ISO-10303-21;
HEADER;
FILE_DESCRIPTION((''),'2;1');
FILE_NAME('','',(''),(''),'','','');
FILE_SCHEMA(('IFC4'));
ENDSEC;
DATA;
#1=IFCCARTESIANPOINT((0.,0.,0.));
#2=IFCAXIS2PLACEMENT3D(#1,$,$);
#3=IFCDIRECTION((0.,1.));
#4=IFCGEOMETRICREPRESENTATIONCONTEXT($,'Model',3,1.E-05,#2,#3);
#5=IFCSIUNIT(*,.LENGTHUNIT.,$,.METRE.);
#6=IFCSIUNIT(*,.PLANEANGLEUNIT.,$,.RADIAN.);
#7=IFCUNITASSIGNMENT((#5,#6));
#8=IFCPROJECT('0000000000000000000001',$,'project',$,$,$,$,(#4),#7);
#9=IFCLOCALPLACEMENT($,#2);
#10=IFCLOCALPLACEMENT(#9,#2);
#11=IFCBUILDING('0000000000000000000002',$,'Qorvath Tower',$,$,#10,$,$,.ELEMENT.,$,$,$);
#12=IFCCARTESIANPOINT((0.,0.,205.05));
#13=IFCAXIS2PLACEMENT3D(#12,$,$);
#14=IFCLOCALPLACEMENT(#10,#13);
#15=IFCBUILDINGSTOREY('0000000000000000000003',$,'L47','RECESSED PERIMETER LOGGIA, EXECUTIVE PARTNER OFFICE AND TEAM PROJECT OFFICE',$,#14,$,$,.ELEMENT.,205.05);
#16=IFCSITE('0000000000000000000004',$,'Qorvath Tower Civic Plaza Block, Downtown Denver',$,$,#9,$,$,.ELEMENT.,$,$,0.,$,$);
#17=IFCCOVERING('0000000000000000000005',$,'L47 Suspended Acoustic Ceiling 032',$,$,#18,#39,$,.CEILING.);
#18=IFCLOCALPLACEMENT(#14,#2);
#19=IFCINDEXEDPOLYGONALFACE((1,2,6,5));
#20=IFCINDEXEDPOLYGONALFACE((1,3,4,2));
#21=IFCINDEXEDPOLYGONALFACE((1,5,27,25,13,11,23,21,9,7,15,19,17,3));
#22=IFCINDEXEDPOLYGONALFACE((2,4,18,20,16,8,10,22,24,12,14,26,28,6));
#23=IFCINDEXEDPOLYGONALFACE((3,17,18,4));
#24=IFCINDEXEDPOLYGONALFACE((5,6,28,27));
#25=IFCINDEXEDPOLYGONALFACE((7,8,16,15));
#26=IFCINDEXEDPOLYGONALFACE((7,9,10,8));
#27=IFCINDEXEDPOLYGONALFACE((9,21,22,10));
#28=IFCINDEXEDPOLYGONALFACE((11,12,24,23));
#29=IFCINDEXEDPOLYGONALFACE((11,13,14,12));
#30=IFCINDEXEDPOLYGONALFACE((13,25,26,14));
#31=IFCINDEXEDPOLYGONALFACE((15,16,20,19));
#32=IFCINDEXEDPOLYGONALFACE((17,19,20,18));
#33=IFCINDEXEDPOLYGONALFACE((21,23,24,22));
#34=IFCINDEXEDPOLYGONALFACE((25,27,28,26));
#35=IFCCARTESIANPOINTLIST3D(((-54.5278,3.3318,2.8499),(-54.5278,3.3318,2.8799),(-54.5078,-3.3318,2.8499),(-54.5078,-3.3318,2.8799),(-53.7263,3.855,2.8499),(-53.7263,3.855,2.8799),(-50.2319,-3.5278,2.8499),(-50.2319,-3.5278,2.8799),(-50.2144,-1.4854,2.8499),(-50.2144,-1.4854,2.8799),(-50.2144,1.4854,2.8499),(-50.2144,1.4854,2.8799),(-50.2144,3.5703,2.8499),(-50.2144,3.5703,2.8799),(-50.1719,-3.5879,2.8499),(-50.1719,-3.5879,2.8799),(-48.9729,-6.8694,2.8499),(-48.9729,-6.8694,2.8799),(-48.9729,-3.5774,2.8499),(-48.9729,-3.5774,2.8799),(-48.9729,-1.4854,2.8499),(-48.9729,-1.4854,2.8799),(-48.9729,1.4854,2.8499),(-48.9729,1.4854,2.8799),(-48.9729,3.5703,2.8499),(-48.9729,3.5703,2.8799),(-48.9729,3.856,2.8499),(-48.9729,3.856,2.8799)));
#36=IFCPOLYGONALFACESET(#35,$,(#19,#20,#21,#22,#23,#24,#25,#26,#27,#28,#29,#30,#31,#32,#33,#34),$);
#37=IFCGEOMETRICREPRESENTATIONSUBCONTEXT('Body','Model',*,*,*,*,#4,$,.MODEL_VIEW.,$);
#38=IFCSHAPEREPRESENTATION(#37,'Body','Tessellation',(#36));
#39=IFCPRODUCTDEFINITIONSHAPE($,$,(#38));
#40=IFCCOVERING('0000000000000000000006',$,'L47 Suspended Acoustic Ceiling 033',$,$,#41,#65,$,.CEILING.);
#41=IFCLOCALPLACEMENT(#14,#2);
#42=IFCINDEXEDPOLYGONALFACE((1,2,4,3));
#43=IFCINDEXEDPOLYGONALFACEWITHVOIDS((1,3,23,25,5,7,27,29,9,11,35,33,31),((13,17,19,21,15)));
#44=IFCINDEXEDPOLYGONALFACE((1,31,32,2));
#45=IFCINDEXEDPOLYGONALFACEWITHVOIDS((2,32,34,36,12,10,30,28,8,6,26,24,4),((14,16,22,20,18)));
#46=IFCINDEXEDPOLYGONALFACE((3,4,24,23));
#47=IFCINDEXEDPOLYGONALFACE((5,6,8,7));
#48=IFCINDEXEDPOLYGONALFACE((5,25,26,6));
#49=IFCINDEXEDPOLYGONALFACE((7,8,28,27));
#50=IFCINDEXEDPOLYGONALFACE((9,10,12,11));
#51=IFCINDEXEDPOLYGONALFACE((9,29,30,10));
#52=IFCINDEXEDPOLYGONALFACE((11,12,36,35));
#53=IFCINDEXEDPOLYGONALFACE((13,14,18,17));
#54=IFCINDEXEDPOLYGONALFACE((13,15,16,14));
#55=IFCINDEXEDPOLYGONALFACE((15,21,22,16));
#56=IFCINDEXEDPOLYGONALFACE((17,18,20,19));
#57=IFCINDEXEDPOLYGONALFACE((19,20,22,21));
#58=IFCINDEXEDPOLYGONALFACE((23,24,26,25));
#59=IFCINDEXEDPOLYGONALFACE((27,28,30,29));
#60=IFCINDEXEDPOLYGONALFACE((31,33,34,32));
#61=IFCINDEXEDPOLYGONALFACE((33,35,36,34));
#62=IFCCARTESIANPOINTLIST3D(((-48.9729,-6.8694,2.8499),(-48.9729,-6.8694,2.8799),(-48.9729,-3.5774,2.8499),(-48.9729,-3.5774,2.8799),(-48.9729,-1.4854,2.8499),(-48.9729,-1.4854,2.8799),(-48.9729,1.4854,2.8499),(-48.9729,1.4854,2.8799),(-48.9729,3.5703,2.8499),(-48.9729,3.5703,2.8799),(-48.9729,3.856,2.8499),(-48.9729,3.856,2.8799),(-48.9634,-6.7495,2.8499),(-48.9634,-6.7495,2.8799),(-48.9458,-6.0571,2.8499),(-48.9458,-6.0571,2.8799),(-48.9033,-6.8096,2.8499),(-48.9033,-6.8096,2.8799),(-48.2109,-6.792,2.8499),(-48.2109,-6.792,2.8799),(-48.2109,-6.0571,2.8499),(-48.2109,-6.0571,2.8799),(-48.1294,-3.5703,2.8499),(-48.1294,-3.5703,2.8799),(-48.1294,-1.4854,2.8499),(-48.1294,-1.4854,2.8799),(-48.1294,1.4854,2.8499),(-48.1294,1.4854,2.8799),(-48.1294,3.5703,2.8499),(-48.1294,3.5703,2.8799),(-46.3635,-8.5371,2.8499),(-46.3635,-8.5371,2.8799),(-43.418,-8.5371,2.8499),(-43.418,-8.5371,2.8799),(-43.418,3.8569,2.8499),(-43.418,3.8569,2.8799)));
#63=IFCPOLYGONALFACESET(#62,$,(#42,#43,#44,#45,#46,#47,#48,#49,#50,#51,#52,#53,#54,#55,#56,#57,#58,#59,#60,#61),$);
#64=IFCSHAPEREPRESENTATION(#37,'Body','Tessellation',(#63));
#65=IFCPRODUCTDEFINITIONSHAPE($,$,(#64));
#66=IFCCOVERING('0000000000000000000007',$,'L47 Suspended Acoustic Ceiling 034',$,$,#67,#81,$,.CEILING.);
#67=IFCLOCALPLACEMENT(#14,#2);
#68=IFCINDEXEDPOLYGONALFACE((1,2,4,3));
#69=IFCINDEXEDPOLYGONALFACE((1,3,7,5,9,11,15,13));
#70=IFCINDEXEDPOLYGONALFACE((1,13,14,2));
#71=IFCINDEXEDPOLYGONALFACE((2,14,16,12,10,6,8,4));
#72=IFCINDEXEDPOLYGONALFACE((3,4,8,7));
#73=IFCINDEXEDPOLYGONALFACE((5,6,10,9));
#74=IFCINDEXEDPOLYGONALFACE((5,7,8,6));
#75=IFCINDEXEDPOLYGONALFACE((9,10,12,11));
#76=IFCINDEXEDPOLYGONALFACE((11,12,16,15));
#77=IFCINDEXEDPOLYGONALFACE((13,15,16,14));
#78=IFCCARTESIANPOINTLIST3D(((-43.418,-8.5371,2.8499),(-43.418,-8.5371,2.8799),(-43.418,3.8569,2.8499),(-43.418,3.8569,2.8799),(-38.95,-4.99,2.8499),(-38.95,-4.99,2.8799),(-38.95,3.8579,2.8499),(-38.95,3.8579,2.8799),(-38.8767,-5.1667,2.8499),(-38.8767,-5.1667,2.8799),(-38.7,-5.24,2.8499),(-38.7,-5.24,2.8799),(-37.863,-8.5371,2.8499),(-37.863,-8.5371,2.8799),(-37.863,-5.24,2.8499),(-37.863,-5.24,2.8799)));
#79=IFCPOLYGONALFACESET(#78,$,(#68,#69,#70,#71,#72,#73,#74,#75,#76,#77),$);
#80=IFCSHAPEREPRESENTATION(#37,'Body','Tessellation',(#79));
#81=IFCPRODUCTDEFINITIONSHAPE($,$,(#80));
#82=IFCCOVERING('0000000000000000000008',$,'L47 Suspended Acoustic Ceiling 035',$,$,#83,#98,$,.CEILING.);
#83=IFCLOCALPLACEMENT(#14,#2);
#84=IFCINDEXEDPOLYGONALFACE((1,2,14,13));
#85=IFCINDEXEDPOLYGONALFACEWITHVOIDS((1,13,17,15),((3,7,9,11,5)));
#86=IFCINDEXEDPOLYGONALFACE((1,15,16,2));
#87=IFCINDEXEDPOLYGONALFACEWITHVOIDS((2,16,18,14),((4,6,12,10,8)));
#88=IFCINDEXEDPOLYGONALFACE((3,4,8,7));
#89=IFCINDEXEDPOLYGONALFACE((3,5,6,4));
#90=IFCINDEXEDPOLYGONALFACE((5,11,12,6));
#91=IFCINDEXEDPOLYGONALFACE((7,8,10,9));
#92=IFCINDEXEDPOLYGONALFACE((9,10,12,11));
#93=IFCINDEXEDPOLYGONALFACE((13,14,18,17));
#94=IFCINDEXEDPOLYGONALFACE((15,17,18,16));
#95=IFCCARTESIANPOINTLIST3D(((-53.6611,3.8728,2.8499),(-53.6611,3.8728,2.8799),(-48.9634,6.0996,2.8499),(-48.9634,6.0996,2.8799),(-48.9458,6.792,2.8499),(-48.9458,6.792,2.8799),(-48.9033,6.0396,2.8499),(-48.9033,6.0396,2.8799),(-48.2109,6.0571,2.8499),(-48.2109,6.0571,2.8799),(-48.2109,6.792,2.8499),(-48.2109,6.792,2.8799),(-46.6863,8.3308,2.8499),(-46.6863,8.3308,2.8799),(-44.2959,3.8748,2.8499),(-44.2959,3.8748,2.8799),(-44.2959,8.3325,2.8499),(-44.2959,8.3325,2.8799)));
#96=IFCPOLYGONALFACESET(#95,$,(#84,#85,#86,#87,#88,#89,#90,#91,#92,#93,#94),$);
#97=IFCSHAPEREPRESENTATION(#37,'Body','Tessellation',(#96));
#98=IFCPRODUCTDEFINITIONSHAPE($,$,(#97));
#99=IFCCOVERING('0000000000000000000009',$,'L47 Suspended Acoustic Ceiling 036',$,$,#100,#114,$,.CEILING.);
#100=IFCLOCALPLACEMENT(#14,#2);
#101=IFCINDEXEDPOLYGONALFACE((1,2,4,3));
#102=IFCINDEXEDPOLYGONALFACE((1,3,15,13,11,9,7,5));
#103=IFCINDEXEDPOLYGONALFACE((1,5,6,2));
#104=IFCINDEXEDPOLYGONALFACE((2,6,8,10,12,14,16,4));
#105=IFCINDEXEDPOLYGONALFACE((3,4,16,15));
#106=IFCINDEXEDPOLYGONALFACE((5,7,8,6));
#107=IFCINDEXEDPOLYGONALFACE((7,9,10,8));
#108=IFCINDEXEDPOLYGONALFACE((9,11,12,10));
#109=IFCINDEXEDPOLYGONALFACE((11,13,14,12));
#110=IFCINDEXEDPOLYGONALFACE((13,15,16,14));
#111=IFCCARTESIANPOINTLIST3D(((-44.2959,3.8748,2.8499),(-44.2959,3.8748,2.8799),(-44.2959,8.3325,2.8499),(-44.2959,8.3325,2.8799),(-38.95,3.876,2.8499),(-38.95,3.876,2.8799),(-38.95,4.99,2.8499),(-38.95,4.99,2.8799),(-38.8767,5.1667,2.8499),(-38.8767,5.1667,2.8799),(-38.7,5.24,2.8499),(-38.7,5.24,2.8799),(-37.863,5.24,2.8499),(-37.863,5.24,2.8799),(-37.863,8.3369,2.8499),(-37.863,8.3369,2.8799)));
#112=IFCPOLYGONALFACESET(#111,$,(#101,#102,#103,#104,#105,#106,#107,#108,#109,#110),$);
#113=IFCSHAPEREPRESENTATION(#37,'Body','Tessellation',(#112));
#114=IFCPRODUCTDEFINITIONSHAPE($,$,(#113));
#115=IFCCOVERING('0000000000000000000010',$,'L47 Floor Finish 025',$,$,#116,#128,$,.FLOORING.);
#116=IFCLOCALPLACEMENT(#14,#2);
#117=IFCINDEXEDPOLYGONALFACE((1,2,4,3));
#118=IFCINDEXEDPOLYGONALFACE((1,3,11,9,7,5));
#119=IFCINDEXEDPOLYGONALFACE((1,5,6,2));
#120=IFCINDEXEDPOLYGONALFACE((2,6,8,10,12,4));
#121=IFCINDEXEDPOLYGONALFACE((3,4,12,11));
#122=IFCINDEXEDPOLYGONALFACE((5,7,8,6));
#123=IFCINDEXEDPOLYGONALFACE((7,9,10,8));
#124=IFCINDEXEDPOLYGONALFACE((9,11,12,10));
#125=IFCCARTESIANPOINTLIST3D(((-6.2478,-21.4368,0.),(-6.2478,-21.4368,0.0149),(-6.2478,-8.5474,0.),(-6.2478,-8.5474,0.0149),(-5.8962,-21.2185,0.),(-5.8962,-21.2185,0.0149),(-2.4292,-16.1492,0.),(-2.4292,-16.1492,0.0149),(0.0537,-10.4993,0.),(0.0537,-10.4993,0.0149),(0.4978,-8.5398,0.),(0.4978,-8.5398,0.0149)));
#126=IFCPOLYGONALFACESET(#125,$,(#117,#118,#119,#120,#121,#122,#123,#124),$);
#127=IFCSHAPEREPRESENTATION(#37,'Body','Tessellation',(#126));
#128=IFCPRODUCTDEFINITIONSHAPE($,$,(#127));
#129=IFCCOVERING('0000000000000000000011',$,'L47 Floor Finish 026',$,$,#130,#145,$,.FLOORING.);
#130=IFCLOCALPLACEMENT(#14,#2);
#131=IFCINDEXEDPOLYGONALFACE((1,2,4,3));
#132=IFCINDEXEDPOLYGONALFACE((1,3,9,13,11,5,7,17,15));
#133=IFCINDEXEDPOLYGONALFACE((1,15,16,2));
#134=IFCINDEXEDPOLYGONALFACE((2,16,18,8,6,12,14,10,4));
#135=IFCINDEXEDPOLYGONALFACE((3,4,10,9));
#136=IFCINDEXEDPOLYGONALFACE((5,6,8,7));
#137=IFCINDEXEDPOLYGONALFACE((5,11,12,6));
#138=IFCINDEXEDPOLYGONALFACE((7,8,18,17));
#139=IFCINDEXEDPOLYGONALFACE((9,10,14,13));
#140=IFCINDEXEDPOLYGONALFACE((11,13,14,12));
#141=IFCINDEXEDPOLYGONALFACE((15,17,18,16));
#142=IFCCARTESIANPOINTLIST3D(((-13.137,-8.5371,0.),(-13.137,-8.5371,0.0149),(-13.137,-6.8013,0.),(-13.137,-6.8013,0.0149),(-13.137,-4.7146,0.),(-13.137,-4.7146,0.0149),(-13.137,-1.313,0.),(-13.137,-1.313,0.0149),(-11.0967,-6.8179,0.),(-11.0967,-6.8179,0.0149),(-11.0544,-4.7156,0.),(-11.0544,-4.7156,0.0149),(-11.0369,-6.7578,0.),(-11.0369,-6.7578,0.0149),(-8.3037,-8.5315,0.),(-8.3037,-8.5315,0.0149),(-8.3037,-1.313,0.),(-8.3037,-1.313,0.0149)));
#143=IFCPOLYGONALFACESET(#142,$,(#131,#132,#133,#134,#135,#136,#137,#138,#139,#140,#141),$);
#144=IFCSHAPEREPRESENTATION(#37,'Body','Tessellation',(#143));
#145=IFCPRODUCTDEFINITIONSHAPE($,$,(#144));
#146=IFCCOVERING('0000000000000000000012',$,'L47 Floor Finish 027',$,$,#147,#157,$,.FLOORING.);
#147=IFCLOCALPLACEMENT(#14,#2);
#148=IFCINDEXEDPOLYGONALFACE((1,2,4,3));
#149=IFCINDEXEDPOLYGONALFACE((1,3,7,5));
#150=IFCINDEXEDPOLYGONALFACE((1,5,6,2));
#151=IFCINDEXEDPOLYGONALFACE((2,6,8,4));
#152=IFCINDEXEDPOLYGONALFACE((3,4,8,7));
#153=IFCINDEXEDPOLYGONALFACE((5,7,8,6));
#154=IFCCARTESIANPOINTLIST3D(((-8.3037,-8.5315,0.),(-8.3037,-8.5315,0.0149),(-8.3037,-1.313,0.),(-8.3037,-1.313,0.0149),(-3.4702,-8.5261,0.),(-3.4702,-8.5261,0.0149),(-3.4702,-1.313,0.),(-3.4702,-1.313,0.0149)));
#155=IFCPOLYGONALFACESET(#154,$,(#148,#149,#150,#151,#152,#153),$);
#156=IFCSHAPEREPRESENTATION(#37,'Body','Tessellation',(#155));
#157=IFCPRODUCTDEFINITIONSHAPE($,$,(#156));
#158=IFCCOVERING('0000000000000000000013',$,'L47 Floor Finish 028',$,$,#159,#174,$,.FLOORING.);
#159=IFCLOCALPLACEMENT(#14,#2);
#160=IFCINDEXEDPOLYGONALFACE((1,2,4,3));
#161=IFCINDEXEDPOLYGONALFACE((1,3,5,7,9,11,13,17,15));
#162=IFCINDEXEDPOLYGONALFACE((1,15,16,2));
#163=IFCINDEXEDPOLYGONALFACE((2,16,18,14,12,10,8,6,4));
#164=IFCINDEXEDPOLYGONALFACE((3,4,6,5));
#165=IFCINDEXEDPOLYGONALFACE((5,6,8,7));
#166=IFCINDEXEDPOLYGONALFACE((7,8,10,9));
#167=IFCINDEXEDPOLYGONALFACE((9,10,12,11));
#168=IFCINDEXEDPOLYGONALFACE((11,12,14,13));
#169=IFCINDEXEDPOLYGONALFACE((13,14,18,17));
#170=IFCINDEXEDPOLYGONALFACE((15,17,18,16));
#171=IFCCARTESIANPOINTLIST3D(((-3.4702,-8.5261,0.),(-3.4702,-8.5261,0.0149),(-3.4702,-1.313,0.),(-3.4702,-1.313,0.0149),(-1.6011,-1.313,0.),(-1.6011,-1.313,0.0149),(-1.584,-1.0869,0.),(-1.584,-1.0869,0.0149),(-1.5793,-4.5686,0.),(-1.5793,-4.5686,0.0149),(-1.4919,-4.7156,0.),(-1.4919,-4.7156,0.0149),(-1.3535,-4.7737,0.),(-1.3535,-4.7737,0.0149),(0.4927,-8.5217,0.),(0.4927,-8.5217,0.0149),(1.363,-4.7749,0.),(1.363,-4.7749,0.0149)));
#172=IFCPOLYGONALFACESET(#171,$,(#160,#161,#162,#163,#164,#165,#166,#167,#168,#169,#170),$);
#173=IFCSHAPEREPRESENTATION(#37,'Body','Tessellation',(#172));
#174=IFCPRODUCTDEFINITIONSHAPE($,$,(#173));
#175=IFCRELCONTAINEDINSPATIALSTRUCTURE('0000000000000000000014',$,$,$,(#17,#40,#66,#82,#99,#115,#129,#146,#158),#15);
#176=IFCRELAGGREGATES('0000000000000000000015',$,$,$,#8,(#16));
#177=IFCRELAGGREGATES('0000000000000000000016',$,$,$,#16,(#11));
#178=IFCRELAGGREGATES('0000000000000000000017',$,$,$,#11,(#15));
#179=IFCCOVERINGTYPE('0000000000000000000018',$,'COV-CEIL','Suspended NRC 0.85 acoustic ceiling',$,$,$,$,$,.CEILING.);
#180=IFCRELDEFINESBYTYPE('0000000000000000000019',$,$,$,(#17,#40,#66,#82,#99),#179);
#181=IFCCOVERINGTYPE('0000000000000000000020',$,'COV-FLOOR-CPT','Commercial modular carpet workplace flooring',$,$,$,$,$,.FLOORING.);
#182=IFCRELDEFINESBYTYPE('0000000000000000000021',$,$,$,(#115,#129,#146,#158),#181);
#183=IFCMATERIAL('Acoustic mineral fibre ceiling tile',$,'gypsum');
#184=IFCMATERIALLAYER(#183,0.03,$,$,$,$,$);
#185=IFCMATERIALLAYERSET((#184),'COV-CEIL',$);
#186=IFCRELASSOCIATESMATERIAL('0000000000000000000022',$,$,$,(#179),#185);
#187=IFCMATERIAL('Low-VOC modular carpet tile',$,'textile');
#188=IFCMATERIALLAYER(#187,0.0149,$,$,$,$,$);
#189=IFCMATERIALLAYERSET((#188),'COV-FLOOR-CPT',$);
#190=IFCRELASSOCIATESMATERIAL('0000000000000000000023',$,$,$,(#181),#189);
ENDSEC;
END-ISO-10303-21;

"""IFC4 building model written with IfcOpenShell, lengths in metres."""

from ifc_helpers import new_model, si_unit, direction, frame, origin, place, context, subcontext, project, spatial, polyline, outline, extrude, material, layer, layer_set, type_object, element, save


model = new_model("IFC4")

# Units and contexts
model_context = context("Model", 3, precision=1e-05, world=origin(), true_north=direction((0.0, 1.0)))
body_context = subcontext(model_context, "Body", "Model", "MODEL_VIEW")
ifc_project = project(units=[si_unit("LENGTHUNIT", "METRE"), si_unit("PLANEANGLEUNIT", "RADIAN")], contexts=[model_context])

# Site, building, storey
site_placement = place(None, origin())
site = spatial("IfcSite", under=ifc_project, at=site_placement, Name="Qorvath Tower Civic Plaza Block, Downtown Denver", CompositionType="ELEMENT", RefElevation=0.0)
building_placement = place(site_placement, origin())
building = spatial("IfcBuilding", under=site, at=building_placement, Name="Qorvath Tower", CompositionType="ELEMENT")
storey_placement = place(building_placement, frame((0.0, 0.0, 205.05)))
storey = spatial("IfcBuildingStorey", under=building, at=storey_placement, Name="L47", Description="RECESSED PERIMETER LOGGIA, EXECUTIVE PARTNER OFFICE AND TEAM PROJECT OFFICE", CompositionType="ELEMENT", Elevation=205.05)

# Coverings
ifc_material_1 = material(Name="Acoustic mineral fibre ceiling tile", Category="gypsum")
ifc_layer_1 = layer(ifc_material_1, 0.03)
ifc_layer_set_1 = layer_set([ifc_layer_1], Name="COV-CEIL")
covering_type_1 = type_object("IfcCoveringType", Name="COV-CEIL", Description="Suspended NRC 0.85 acoustic ceiling", PredefinedType="CEILING", material=ifc_layer_set_1)
covering_1_placement = place(storey_placement, frame((0.0, 0.0, 2.8499)))
element("IfcCovering", 1, at=covering_1_placement, inside=storey, type_object=covering_type_1, Name="L47 Suspended Acoustic Ceiling 032", PredefinedType="CEILING", context=body_context, shape_type="SweptSolid", body=[
    extrude(outline(polyline([(-53.7263, 3.855), (-54.5278, 3.3318), (-54.5078, -3.3318), (-48.9729, -6.8694), (-48.9729, -3.5774), (-50.1719, -3.5879), (-50.2319, -3.5278), (-50.2144, -1.4854), (-48.9729, -1.4854), (-48.9729, 1.4854), (-50.2144, 1.4854), (-50.2144, 3.5703), (-48.9729, 3.5703), (-48.9729, 3.856), (-53.7263, 3.855)])), origin(), (0.0, 0.0, 1.0), 0.03),
])
covering_2_placement = place(storey_placement, frame((0.0, 0.0, 2.8499)))
element("IfcCovering", 2, at=covering_2_placement, inside=storey, type_object=covering_type_1, Name="L47 Suspended Acoustic Ceiling 033", PredefinedType="CEILING", context=body_context, shape_type="SweptSolid", body=[
    extrude(outline(polyline([(-48.9729, 3.856), (-48.9729, 3.5703), (-48.1294, 3.5703), (-48.1294, 1.4854), (-48.9729, 1.4854), (-48.9729, -1.4854), (-48.1294, -1.4854), (-48.1294, -3.5703), (-48.9729, -3.5774), (-48.9729, -6.8694), (-46.3635, -8.5371), (-43.418, -8.5371), (-43.418, 3.8569), (-48.9729, 3.856)]), holes=[polyline([(-48.9634, -6.7495), (-48.9458, -6.0571), (-48.2109, -6.0571), (-48.2109, -6.792), (-48.9033, -6.8096), (-48.9634, -6.7495)])]), origin(), (0.0, 0.0, 1.0), 0.03),
])
covering_3_placement = place(storey_placement, frame((0.0, 0.0, 2.8499)))
element("IfcCovering", 3, at=covering_3_placement, inside=storey, type_object=covering_type_1, Name="L47 Suspended Acoustic Ceiling 034", PredefinedType="CEILING", context=body_context, shape_type="SweptSolid", body=[
    extrude(outline(polyline([(-43.418, 3.8569), (-43.418, -8.5371), (-37.863, -8.5371), (-37.863, -5.24), (-38.7, -5.24), (-38.8767, -5.1667), (-38.95, -4.99), (-38.95, 3.8579), (-43.418, 3.8569)])), origin(), (0.0, 0.0, 1.0), 0.03),
])
covering_4_placement = place(storey_placement, frame((0.0, 0.0, 2.8499)))
element("IfcCovering", 4, at=covering_4_placement, inside=storey, type_object=covering_type_1, Name="L47 Suspended Acoustic Ceiling 035", PredefinedType="CEILING", context=body_context, shape_type="SweptSolid", body=[
    extrude(outline(polyline([(-44.2959, 3.8748), (-44.2959, 8.3325), (-46.6863, 8.3308), (-53.6611, 3.8728), (-44.2959, 3.8748)]), holes=[polyline([(-48.9634, 6.0996), (-48.9458, 6.792), (-48.2109, 6.792), (-48.2109, 6.0571), (-48.9033, 6.0396), (-48.9634, 6.0996)])]), origin(), (0.0, 0.0, 1.0), 0.03),
])
covering_5_placement = place(storey_placement, frame((0.0, 0.0, 2.8499)))
element("IfcCovering", 5, at=covering_5_placement, inside=storey, type_object=covering_type_1, Name="L47 Suspended Acoustic Ceiling 036", PredefinedType="CEILING", context=body_context, shape_type="SweptSolid", body=[
    extrude(outline(polyline([(-37.863, 5.24), (-37.863, 8.3369), (-44.2959, 8.3325), (-44.2959, 3.8748), (-38.95, 3.876), (-38.95, 4.99), (-38.8767, 5.1667), (-38.7, 5.24), (-37.863, 5.24)])), origin(), (0.0, 0.0, 1.0), 0.03),
])
ifc_material_2 = material(Name="Low-VOC modular carpet tile", Category="textile")
ifc_layer_2 = layer(ifc_material_2, 0.0149)
ifc_layer_set_2 = layer_set([ifc_layer_2], Name="COV-FLOOR-CPT")
covering_type_2 = type_object("IfcCoveringType", Name="COV-FLOOR-CPT", Description="Commercial modular carpet workplace flooring", PredefinedType="FLOORING", material=ifc_layer_set_2)
covering_6_placement = place(storey_placement, origin())
element("IfcCovering", 6, at=covering_6_placement, inside=storey, type_object=covering_type_2, Name="L47 Floor Finish 025", PredefinedType="FLOORING", context=body_context, shape_type="SweptSolid", body=[
    extrude(outline(polyline([(-6.2478, -8.5474), (-6.2478, -21.4368), (-5.8962, -21.2185), (-2.4292, -16.1492), (0.0537, -10.4993), (0.4978, -8.5398), (-6.2478, -8.5474)])), origin(), (0.0, 0.0, 1.0), 0.0149),
])
covering_7_placement = place(storey_placement, origin())
element("IfcCovering", 7, at=covering_7_placement, inside=storey, type_object=covering_type_2, Name="L47 Floor Finish 026", PredefinedType="FLOORING", context=body_context, shape_type="SweptSolid", body=[
    extrude(outline(polyline([(-8.3037, -8.5315), (-8.3037, -1.313), (-13.137, -1.313), (-13.137, -4.7146), (-11.0544, -4.7156), (-11.0369, -6.7578), (-11.0967, -6.8179), (-13.137, -6.8013), (-13.137, -8.5371), (-8.3037, -8.5315)])), origin(), (0.0, 0.0, 1.0), 0.0149),
])
covering_8_placement = place(storey_placement, origin())
element("IfcCovering", 8, at=covering_8_placement, inside=storey, type_object=covering_type_2, Name="L47 Floor Finish 027", PredefinedType="FLOORING", context=body_context, shape_type="SweptSolid", body=[
    extrude(outline(polyline([(-3.4702, -8.5261), (-3.4702, -1.313), (-8.3037, -1.313), (-8.3037, -8.5315), (-3.4702, -8.5261)])), origin(), (0.0, 0.0, 1.0), 0.0149),
])
covering_9_placement = place(storey_placement, origin())
element("IfcCovering", 9, at=covering_9_placement, inside=storey, type_object=covering_type_2, Name="L47 Floor Finish 028", PredefinedType="FLOORING", context=body_context, shape_type="SweptSolid", body=[
    extrude(outline(polyline([(-1.4919, -4.7156), (-1.5793, -4.5686), (-1.584, -1.0869), (-1.6011, -1.313), (-3.4702, -1.313), (-3.4702, -8.5261), (0.4927, -8.5217), (1.363, -4.7749), (-1.3535, -4.7737), (-1.4919, -4.7156)])), origin(), (0.0, 0.0, 1.0), 0.0149),
])

save(model, "model.ifc")
